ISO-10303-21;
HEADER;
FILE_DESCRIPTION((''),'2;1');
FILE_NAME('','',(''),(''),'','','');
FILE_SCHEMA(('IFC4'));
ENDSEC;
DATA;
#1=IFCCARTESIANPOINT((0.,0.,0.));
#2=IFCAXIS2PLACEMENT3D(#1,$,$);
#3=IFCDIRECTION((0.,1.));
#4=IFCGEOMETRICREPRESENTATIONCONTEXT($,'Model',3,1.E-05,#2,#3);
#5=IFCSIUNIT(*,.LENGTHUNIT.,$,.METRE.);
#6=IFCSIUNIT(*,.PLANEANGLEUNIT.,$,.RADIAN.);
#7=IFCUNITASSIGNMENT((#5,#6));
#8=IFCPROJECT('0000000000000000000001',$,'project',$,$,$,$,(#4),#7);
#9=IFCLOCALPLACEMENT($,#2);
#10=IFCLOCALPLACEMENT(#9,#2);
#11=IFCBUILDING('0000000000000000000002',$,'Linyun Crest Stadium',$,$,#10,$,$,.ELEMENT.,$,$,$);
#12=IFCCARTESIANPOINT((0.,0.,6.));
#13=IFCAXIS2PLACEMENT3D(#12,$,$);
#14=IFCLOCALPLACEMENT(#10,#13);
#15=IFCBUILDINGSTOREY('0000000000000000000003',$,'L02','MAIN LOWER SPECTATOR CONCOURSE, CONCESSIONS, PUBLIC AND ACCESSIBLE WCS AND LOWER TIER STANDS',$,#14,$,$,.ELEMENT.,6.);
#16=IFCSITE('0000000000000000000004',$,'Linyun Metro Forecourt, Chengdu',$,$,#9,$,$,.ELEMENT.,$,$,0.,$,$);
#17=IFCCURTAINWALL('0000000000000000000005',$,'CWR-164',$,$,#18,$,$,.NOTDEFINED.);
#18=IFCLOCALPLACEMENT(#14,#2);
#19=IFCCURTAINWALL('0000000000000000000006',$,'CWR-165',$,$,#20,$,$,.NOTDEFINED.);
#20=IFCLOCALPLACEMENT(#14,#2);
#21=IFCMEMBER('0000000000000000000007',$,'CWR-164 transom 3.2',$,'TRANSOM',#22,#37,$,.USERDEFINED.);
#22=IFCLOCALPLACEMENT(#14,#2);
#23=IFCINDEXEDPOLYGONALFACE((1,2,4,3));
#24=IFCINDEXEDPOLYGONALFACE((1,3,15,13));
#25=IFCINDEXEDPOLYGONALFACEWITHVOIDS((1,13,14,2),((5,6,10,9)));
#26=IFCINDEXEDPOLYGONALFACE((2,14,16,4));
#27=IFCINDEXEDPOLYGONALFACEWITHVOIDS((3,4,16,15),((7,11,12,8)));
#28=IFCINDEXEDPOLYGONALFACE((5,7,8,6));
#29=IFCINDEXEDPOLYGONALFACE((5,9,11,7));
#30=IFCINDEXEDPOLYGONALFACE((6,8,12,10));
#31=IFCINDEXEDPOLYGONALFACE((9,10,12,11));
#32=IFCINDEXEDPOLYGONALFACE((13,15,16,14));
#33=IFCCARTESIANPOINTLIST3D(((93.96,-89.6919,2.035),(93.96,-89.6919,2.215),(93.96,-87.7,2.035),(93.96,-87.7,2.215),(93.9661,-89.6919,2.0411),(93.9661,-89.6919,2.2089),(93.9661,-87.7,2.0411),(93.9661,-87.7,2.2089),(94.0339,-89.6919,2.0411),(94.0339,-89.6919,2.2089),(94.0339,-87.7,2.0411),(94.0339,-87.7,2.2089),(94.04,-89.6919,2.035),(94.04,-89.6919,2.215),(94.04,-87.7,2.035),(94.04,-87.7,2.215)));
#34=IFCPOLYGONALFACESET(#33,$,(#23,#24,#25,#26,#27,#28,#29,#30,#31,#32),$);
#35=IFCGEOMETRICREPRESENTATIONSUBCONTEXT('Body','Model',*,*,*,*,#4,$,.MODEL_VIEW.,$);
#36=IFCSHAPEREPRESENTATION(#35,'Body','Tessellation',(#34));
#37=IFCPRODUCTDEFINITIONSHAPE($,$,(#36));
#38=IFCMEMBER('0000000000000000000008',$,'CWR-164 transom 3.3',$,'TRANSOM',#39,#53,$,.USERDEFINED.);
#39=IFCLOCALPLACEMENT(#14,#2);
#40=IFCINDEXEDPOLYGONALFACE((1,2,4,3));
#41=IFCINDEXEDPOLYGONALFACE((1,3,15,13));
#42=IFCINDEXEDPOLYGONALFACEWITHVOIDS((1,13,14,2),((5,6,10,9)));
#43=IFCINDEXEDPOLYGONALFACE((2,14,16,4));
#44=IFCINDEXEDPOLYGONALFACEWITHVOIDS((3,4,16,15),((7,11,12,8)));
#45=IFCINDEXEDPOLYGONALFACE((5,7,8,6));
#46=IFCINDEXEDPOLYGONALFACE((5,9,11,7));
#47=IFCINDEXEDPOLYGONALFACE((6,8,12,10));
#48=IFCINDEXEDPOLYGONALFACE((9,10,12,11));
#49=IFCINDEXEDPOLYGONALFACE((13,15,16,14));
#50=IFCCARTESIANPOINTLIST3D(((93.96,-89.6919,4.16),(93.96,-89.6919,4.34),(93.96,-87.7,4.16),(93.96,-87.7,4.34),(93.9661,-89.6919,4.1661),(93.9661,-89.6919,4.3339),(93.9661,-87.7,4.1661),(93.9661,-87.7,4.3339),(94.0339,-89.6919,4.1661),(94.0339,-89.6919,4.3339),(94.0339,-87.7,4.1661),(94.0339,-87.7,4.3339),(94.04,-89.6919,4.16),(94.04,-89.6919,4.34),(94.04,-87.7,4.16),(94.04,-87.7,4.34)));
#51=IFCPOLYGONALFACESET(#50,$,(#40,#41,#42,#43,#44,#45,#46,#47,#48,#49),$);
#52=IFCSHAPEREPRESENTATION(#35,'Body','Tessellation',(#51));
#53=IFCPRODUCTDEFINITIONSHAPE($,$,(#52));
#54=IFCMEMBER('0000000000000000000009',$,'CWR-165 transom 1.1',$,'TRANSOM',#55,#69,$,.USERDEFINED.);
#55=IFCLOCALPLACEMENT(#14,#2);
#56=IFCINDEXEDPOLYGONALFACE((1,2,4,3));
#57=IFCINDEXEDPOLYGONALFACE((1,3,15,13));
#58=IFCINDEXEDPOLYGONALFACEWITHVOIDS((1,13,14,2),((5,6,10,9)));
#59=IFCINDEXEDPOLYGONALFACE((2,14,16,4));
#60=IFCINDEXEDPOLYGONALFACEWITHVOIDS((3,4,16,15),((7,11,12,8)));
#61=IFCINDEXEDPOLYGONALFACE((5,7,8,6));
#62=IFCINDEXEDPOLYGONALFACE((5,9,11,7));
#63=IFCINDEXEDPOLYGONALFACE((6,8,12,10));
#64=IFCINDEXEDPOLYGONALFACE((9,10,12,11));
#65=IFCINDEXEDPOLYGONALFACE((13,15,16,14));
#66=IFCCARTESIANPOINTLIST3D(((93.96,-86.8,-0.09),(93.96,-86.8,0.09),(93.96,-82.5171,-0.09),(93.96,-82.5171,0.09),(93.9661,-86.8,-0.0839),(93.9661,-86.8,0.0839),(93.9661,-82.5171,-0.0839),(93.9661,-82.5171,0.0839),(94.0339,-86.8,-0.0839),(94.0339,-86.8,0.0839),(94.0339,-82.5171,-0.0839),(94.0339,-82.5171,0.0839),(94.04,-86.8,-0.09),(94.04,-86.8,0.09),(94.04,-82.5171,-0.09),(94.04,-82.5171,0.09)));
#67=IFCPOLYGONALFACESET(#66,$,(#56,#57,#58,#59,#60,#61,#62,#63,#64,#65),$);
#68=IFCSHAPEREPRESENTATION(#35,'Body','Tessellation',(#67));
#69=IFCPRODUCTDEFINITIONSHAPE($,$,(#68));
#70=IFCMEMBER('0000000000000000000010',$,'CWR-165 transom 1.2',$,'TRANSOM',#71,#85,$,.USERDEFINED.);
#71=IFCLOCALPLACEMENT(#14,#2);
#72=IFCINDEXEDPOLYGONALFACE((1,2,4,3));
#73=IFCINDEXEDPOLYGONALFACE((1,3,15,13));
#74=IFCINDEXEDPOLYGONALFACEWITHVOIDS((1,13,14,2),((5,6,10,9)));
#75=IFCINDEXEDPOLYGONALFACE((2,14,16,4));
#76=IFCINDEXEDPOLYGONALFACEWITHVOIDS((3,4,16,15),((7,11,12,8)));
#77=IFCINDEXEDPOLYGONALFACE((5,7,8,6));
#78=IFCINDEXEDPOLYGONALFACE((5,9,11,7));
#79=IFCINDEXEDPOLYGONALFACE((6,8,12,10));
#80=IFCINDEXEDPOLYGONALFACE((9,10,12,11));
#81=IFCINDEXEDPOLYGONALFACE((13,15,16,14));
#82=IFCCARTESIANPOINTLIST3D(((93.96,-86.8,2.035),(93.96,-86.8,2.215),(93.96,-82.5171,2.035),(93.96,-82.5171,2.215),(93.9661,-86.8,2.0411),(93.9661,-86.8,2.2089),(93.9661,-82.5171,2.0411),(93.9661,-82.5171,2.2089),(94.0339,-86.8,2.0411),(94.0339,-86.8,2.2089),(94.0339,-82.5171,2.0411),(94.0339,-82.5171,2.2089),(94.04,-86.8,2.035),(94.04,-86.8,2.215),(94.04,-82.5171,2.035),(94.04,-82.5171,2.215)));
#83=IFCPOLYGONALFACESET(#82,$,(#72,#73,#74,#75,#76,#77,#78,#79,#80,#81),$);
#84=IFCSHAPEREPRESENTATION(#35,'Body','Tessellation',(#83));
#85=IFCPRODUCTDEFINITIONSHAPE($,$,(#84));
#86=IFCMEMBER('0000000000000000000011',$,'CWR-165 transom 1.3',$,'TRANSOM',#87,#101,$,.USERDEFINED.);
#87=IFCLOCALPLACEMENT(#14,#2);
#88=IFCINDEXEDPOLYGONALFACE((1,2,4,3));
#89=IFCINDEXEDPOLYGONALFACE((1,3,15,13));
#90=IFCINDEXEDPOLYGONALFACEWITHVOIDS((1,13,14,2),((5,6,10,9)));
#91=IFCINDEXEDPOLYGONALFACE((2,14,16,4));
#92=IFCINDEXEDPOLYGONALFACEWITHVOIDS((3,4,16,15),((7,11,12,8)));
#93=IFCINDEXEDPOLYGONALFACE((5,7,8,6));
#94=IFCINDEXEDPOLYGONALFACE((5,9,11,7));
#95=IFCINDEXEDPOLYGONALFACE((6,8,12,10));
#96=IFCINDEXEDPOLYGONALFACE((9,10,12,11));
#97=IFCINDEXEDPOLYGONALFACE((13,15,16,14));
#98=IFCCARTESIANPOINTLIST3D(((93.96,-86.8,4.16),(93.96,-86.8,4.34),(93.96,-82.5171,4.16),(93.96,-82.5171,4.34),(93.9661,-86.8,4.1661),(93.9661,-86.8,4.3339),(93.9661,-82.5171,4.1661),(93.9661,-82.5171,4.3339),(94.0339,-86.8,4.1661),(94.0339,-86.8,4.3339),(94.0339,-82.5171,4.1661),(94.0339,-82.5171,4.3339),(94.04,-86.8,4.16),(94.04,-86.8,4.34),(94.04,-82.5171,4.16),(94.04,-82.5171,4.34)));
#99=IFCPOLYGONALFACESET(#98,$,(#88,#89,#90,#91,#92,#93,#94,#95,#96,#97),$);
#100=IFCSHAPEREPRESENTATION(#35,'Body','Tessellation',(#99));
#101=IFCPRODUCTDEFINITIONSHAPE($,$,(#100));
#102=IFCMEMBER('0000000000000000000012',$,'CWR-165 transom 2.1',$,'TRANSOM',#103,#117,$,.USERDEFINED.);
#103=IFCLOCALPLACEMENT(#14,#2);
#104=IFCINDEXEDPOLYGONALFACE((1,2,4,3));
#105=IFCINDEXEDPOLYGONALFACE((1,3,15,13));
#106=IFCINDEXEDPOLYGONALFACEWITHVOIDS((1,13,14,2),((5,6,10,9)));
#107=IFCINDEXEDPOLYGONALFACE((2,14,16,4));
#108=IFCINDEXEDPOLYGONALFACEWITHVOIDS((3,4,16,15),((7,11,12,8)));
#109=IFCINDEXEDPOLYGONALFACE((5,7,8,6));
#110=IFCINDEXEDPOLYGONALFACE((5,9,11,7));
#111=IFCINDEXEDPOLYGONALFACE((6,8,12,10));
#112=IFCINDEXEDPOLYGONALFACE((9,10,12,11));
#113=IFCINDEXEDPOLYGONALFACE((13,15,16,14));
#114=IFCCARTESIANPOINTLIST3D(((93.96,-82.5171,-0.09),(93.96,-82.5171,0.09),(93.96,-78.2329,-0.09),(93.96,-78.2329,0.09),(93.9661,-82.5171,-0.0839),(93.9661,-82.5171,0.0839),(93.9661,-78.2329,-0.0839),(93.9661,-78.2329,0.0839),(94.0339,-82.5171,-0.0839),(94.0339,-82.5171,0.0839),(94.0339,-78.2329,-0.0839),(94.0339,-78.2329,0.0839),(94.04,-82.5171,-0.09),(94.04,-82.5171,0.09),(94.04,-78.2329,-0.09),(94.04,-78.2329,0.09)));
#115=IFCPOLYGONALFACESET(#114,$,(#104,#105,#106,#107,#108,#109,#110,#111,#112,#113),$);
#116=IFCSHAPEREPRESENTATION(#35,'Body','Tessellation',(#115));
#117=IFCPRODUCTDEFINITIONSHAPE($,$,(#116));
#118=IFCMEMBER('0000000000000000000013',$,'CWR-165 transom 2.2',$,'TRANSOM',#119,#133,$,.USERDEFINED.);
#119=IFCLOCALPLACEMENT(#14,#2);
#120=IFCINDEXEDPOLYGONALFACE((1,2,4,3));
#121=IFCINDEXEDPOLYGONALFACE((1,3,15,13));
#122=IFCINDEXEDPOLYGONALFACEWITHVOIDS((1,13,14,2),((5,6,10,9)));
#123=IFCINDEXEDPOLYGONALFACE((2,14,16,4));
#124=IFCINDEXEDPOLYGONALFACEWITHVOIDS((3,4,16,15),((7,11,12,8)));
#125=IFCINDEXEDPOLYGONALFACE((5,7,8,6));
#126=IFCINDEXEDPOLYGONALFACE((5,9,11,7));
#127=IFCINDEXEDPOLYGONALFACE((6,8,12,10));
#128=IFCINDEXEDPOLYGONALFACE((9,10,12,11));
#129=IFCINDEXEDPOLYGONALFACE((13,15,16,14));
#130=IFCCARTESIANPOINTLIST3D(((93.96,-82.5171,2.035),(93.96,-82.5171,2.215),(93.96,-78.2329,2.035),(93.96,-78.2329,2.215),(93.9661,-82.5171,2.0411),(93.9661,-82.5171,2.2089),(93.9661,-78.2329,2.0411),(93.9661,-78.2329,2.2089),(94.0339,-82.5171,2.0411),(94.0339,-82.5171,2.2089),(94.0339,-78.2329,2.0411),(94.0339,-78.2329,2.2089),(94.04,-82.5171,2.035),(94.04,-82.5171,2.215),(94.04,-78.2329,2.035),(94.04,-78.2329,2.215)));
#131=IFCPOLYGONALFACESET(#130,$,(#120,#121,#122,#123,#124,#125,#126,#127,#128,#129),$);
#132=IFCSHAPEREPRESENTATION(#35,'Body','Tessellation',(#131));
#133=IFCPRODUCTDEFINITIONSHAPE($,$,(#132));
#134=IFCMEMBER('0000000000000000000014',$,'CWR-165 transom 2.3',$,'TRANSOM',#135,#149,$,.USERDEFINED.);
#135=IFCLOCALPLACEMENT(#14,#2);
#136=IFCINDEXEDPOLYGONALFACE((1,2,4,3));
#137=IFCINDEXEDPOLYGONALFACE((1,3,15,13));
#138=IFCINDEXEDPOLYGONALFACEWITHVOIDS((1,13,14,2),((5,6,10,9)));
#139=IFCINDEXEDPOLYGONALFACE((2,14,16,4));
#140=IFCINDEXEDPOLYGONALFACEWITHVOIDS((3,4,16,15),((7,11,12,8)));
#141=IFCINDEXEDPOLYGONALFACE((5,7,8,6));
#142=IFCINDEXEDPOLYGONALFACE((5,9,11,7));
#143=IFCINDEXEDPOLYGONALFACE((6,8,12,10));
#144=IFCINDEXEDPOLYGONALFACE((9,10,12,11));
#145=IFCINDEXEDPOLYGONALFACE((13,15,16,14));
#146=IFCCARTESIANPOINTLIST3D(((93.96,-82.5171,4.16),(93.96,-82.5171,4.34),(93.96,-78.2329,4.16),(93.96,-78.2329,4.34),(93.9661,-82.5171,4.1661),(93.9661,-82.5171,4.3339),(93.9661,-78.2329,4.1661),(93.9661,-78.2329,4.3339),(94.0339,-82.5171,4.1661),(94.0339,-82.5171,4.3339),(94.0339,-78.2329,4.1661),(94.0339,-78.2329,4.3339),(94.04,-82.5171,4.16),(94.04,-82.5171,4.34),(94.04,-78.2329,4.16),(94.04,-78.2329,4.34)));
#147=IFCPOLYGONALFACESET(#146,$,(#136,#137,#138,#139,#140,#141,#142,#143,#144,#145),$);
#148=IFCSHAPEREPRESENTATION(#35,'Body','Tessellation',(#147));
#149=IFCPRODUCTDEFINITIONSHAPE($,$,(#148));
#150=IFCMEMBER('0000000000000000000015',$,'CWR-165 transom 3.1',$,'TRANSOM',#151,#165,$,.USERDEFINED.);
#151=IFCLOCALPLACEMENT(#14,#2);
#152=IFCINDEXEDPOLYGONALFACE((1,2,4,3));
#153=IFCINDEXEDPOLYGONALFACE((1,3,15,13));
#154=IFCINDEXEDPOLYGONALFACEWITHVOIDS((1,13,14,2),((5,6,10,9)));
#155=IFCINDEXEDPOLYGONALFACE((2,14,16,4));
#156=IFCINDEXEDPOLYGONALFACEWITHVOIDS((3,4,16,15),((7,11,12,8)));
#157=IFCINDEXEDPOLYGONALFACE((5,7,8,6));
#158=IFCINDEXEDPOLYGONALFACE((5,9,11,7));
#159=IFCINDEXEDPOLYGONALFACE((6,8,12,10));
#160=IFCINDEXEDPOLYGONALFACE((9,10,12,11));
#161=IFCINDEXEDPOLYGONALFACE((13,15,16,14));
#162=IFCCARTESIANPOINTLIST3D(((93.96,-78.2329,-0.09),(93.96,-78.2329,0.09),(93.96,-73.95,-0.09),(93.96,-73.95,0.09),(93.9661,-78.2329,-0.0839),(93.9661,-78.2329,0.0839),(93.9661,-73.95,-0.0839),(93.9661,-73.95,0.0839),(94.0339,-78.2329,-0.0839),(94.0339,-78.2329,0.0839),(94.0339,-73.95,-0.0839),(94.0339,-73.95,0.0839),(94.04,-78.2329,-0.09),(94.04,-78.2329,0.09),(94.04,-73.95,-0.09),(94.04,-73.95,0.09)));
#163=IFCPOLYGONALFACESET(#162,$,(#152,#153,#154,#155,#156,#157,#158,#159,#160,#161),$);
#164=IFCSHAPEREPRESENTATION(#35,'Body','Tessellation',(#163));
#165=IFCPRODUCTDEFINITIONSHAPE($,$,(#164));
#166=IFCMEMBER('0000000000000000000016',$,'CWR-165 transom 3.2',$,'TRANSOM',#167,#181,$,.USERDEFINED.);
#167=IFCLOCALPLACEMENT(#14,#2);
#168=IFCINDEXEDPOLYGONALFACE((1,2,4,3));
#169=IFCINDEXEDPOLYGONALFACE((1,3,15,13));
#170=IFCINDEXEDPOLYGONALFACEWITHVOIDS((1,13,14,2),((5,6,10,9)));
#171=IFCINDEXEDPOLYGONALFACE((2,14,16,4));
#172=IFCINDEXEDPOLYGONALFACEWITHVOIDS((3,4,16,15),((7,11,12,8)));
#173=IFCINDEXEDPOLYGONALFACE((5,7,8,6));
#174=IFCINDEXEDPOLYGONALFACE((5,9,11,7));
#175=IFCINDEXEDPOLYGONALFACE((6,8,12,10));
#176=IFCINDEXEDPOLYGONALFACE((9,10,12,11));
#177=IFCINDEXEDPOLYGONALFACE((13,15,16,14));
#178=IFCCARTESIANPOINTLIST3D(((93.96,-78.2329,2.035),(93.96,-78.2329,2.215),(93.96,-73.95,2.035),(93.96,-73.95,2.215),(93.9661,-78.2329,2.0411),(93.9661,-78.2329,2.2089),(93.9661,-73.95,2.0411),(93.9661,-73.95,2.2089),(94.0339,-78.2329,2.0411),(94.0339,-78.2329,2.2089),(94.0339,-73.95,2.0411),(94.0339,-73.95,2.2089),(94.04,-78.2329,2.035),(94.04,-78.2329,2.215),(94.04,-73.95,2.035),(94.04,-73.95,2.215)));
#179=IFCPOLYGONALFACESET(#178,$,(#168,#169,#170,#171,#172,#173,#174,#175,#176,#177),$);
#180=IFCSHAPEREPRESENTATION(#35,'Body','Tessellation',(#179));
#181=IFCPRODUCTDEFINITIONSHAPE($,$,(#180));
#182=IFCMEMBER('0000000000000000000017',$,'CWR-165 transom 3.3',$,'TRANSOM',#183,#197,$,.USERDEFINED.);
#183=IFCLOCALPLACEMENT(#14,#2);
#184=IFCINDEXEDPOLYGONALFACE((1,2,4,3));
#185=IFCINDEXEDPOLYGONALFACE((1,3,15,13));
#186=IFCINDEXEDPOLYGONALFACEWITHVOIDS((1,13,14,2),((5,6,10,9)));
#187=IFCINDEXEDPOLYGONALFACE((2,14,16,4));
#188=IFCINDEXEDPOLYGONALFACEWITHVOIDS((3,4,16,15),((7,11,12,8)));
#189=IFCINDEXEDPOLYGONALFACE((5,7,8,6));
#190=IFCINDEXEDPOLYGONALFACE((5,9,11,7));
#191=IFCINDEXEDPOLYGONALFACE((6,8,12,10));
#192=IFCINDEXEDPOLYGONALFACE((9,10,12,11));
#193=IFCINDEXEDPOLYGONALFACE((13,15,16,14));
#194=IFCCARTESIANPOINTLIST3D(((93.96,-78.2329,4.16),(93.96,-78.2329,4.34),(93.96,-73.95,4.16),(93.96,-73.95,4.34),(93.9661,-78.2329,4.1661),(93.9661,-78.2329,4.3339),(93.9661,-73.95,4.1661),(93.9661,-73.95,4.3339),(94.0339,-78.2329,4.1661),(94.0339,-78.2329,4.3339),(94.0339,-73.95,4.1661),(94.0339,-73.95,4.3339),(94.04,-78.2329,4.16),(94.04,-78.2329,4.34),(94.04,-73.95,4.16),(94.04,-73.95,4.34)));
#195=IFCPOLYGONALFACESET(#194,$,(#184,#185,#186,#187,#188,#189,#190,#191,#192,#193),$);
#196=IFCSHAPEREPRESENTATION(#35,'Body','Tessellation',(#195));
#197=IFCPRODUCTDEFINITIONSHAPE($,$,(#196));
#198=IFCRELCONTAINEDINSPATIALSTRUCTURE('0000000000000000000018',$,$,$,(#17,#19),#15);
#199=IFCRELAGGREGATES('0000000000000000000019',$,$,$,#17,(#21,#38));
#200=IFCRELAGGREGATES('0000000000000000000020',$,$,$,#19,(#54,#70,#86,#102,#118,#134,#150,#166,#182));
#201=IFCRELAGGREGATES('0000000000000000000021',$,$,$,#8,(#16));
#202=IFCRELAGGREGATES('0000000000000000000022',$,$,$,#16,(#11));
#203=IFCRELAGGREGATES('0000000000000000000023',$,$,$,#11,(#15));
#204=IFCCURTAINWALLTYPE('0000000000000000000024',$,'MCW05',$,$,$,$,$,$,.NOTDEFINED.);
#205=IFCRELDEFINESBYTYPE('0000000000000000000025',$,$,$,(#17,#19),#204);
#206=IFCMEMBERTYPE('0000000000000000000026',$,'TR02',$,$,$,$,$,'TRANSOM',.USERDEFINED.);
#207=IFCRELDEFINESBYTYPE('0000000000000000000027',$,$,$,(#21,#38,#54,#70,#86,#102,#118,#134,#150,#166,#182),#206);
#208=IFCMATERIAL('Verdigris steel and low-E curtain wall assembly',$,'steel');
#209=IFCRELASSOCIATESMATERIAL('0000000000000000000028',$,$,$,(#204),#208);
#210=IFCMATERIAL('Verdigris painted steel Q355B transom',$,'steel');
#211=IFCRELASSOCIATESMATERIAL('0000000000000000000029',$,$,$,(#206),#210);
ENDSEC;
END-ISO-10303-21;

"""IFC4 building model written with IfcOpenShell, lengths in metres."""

from ifc_helpers import new_model, si_unit, direction, frame, origin, origin_2d, place, context, subcontext, project, spatial, hollow_rectangle, extrude, material, material_profile, profile_set, type_object, element, aggregate, save


model = new_model("IFC4")

# Units and contexts
model_context = context("Model", 3, precision=1e-05, world=origin(), true_north=direction((0.0, 1.0)))
body_context = subcontext(model_context, "Body", "Model", "MODEL_VIEW")
ifc_project = project(units=[si_unit("LENGTHUNIT", "METRE"), si_unit("PLANEANGLEUNIT", "RADIAN")], contexts=[model_context])

# Site, building, storey
site_placement = place(None, origin())
site = spatial("IfcSite", under=ifc_project, at=site_placement, Name="Linyun Metro Forecourt, Chengdu", CompositionType="ELEMENT", RefElevation=0.0)
building_placement = place(site_placement, origin())
building = spatial("IfcBuilding", under=site, at=building_placement, Name="Linyun Crest Stadium", CompositionType="ELEMENT")
storey_placement = place(building_placement, frame((0.0, 0.0, 6.0)))
storey = spatial("IfcBuildingStorey", under=building, at=storey_placement, Name="L02", Description="MAIN LOWER SPECTATOR CONCOURSE, CONCESSIONS, PUBLIC AND ACCESSIBLE WCS AND LOWER TIER STANDS", CompositionType="ELEMENT", Elevation=6.0)

# Curtain walls
ifc_material_1 = material(Name="Verdigris steel and low-E curtain wall assembly", Category="steel")
curtain_wall_type = type_object("IfcCurtainWallType", Name="MCW05", PredefinedType="NOTDEFINED", material=ifc_material_1)
curtain_wall_1_placement = place(storey_placement, origin())
curtain_wall_1 = element("IfcCurtainWall", 1, at=curtain_wall_1_placement, inside=storey, type_object=curtain_wall_type, Name="CWR-164", PredefinedType="NOTDEFINED")
curtain_wall_2_placement = place(storey_placement, origin())
curtain_wall_2 = element("IfcCurtainWall", 2, at=curtain_wall_2_placement, inside=storey, type_object=curtain_wall_type, Name="CWR-165", PredefinedType="NOTDEFINED")

# Members
ifc_material_2 = material(Name="Verdigris painted steel Q355B transom", Category="steel")
ifc_material_profile_1 = material_profile(ifc_material_2, hollow_rectangle(XDim=0.0801, YDim=0.1799, WallThickness=0.0061, at=origin_2d()), Name="RHS 180x80x6")
ifc_profile_set_1 = profile_set([ifc_material_profile_1], Name="Verdigris painted steel Q355B transom")
member_type_1 = type_object("IfcMemberType", Name="TR02", ElementType="TRANSOM", PredefinedType="USERDEFINED", material=ifc_profile_set_1)
member_1_placement = place(storey_placement, frame((94.0, -89.6919, 2.125), z_axis=(0.0, 1.0, 0.0), x_axis=(-1.0, 0.0, 0.0)))
member_1 = element("IfcMember", 3, at=member_1_placement, type_object=member_type_1, Name="CWR-164 transom 3.2", ObjectType="TRANSOM", PredefinedType="USERDEFINED", context=body_context, shape_type="SweptSolid", body=[
    extrude(hollow_rectangle(XDim=0.0801, YDim=0.1799, WallThickness=0.0061, at=origin_2d()), origin(), (0.0, 0.0, 1.0), 1.9919),
])
member_2_placement = place(storey_placement, frame((94.0, -89.6919, 4.25), z_axis=(0.0, 1.0, 0.0), x_axis=(-1.0, 0.0, 0.0)))
member_2 = element("IfcMember", 4, at=member_2_placement, type_object=member_type_1, Name="CWR-164 transom 3.3", ObjectType="TRANSOM", PredefinedType="USERDEFINED", context=body_context, shape_type="SweptSolid", body=[
    extrude(hollow_rectangle(XDim=0.0801, YDim=0.1799, WallThickness=0.0061, at=origin_2d()), origin(), (0.0, 0.0, 1.0), 1.9919),
])
member_3_placement = place(storey_placement, frame((94.0, -86.8, 0.0), z_axis=(0.0, 1.0, 0.0), x_axis=(-1.0, 0.0, 0.0)))
member_3 = element("IfcMember", 5, at=member_3_placement, type_object=member_type_1, Name="CWR-165 transom 1.1", ObjectType="TRANSOM", PredefinedType="USERDEFINED", context=body_context, shape_type="SweptSolid", body=[
    extrude(hollow_rectangle(XDim=0.0801, YDim=0.1799, WallThickness=0.0061, at=origin_2d()), origin(), (0.0, 0.0, 1.0), 4.283),
])
member_4_placement = place(storey_placement, frame((94.0, -86.8, 2.125), z_axis=(0.0, 1.0, 0.0), x_axis=(-1.0, 0.0, 0.0)))
member_4 = element("IfcMember", 6, at=member_4_placement, type_object=member_type_1, Name="CWR-165 transom 1.2", ObjectType="TRANSOM", PredefinedType="USERDEFINED", context=body_context, shape_type="SweptSolid", body=[
    extrude(hollow_rectangle(XDim=0.0801, YDim=0.1799, WallThickness=0.0061, at=origin_2d()), origin(), (0.0, 0.0, 1.0), 4.283),
])
member_5_placement = place(storey_placement, frame((94.0, -86.8, 4.25), z_axis=(0.0, 1.0, 0.0), x_axis=(-1.0, 0.0, 0.0)))
member_5 = element("IfcMember", 7, at=member_5_placement, type_object=member_type_1, Name="CWR-165 transom 1.3", ObjectType="TRANSOM", PredefinedType="USERDEFINED", context=body_context, shape_type="SweptSolid", body=[
    extrude(hollow_rectangle(XDim=0.0801, YDim=0.1799, WallThickness=0.0061, at=origin_2d()), origin(), (0.0, 0.0, 1.0), 4.283),
])
member_6_placement = place(storey_placement, frame((94.0, -82.5171, 0.0), z_axis=(0.0, 1.0, 0.0), x_axis=(-1.0, 0.0, 0.0)))
member_6 = element("IfcMember", 8, at=member_6_placement, type_object=member_type_1, Name="CWR-165 transom 2.1", ObjectType="TRANSOM", PredefinedType="USERDEFINED", context=body_context, shape_type="SweptSolid", body=[
    extrude(hollow_rectangle(XDim=0.0801, YDim=0.1799, WallThickness=0.0061, at=origin_2d()), origin(), (0.0, 0.0, 1.0), 4.2842),
])
member_7_placement = place(storey_placement, frame((94.0, -82.5171, 2.125), z_axis=(0.0, 1.0, 0.0), x_axis=(-1.0, 0.0, 0.0)))
member_7 = element("IfcMember", 9, at=member_7_placement, type_object=member_type_1, Name="CWR-165 transom 2.2", ObjectType="TRANSOM", PredefinedType="USERDEFINED", context=body_context, shape_type="SweptSolid", body=[
    extrude(hollow_rectangle(XDim=0.0801, YDim=0.1799, WallThickness=0.0061, at=origin_2d()), origin(), (0.0, 0.0, 1.0), 4.2842),
])
member_8_placement = place(storey_placement, frame((94.0, -82.5171, 4.25), z_axis=(0.0, 1.0, 0.0), x_axis=(-1.0, 0.0, 0.0)))
member_8 = element("IfcMember", 10, at=member_8_placement, type_object=member_type_1, Name="CWR-165 transom 2.3", ObjectType="TRANSOM", PredefinedType="USERDEFINED", context=body_context, shape_type="SweptSolid", body=[
    extrude(hollow_rectangle(XDim=0.0801, YDim=0.1799, WallThickness=0.0061, at=origin_2d()), origin(), (0.0, 0.0, 1.0), 4.2842),
])
member_9_placement = place(storey_placement, frame((94.0, -78.2329, 0.0), z_axis=(0.0, 1.0, 0.0), x_axis=(-1.0, 0.0, 0.0)))
member_9 = element("IfcMember", 11, at=member_9_placement, type_object=member_type_1, Name="CWR-165 transom 3.1", ObjectType="TRANSOM", PredefinedType="USERDEFINED", context=body_context, shape_type="SweptSolid", body=[
    extrude(hollow_rectangle(XDim=0.0801, YDim=0.1799, WallThickness=0.0061, at=origin_2d()), origin(), (0.0, 0.0, 1.0), 4.283),
])
member_10_placement = place(storey_placement, frame((94.0, -78.2329, 2.125), z_axis=(0.0, 1.0, 0.0), x_axis=(-1.0, 0.0, 0.0)))
member_10 = element("IfcMember", 12, at=member_10_placement, type_object=member_type_1, Name="CWR-165 transom 3.2", ObjectType="TRANSOM", PredefinedType="USERDEFINED", context=body_context, shape_type="SweptSolid", body=[
    extrude(hollow_rectangle(XDim=0.0801, YDim=0.1799, WallThickness=0.0061, at=origin_2d()), origin(), (0.0, 0.0, 1.0), 4.283),
])
member_11_placement = place(storey_placement, frame((94.0, -78.2329, 4.25), z_axis=(0.0, 1.0, 0.0), x_axis=(-1.0, 0.0, 0.0)))
member_11 = element("IfcMember", 13, at=member_11_placement, type_object=member_type_1, Name="CWR-165 transom 3.3", ObjectType="TRANSOM", PredefinedType="USERDEFINED", context=body_context, shape_type="SweptSolid", body=[
    extrude(hollow_rectangle(XDim=0.0801, YDim=0.1799, WallThickness=0.0061, at=origin_2d()), origin(), (0.0, 0.0, 1.0), 4.283),
])

aggregate(curtain_wall_1, [member_1, member_2])
aggregate(curtain_wall_2, [member_3, member_4, member_5, member_6, member_7, member_8, member_9, member_10, member_11])

save(model, "model.ifc")
